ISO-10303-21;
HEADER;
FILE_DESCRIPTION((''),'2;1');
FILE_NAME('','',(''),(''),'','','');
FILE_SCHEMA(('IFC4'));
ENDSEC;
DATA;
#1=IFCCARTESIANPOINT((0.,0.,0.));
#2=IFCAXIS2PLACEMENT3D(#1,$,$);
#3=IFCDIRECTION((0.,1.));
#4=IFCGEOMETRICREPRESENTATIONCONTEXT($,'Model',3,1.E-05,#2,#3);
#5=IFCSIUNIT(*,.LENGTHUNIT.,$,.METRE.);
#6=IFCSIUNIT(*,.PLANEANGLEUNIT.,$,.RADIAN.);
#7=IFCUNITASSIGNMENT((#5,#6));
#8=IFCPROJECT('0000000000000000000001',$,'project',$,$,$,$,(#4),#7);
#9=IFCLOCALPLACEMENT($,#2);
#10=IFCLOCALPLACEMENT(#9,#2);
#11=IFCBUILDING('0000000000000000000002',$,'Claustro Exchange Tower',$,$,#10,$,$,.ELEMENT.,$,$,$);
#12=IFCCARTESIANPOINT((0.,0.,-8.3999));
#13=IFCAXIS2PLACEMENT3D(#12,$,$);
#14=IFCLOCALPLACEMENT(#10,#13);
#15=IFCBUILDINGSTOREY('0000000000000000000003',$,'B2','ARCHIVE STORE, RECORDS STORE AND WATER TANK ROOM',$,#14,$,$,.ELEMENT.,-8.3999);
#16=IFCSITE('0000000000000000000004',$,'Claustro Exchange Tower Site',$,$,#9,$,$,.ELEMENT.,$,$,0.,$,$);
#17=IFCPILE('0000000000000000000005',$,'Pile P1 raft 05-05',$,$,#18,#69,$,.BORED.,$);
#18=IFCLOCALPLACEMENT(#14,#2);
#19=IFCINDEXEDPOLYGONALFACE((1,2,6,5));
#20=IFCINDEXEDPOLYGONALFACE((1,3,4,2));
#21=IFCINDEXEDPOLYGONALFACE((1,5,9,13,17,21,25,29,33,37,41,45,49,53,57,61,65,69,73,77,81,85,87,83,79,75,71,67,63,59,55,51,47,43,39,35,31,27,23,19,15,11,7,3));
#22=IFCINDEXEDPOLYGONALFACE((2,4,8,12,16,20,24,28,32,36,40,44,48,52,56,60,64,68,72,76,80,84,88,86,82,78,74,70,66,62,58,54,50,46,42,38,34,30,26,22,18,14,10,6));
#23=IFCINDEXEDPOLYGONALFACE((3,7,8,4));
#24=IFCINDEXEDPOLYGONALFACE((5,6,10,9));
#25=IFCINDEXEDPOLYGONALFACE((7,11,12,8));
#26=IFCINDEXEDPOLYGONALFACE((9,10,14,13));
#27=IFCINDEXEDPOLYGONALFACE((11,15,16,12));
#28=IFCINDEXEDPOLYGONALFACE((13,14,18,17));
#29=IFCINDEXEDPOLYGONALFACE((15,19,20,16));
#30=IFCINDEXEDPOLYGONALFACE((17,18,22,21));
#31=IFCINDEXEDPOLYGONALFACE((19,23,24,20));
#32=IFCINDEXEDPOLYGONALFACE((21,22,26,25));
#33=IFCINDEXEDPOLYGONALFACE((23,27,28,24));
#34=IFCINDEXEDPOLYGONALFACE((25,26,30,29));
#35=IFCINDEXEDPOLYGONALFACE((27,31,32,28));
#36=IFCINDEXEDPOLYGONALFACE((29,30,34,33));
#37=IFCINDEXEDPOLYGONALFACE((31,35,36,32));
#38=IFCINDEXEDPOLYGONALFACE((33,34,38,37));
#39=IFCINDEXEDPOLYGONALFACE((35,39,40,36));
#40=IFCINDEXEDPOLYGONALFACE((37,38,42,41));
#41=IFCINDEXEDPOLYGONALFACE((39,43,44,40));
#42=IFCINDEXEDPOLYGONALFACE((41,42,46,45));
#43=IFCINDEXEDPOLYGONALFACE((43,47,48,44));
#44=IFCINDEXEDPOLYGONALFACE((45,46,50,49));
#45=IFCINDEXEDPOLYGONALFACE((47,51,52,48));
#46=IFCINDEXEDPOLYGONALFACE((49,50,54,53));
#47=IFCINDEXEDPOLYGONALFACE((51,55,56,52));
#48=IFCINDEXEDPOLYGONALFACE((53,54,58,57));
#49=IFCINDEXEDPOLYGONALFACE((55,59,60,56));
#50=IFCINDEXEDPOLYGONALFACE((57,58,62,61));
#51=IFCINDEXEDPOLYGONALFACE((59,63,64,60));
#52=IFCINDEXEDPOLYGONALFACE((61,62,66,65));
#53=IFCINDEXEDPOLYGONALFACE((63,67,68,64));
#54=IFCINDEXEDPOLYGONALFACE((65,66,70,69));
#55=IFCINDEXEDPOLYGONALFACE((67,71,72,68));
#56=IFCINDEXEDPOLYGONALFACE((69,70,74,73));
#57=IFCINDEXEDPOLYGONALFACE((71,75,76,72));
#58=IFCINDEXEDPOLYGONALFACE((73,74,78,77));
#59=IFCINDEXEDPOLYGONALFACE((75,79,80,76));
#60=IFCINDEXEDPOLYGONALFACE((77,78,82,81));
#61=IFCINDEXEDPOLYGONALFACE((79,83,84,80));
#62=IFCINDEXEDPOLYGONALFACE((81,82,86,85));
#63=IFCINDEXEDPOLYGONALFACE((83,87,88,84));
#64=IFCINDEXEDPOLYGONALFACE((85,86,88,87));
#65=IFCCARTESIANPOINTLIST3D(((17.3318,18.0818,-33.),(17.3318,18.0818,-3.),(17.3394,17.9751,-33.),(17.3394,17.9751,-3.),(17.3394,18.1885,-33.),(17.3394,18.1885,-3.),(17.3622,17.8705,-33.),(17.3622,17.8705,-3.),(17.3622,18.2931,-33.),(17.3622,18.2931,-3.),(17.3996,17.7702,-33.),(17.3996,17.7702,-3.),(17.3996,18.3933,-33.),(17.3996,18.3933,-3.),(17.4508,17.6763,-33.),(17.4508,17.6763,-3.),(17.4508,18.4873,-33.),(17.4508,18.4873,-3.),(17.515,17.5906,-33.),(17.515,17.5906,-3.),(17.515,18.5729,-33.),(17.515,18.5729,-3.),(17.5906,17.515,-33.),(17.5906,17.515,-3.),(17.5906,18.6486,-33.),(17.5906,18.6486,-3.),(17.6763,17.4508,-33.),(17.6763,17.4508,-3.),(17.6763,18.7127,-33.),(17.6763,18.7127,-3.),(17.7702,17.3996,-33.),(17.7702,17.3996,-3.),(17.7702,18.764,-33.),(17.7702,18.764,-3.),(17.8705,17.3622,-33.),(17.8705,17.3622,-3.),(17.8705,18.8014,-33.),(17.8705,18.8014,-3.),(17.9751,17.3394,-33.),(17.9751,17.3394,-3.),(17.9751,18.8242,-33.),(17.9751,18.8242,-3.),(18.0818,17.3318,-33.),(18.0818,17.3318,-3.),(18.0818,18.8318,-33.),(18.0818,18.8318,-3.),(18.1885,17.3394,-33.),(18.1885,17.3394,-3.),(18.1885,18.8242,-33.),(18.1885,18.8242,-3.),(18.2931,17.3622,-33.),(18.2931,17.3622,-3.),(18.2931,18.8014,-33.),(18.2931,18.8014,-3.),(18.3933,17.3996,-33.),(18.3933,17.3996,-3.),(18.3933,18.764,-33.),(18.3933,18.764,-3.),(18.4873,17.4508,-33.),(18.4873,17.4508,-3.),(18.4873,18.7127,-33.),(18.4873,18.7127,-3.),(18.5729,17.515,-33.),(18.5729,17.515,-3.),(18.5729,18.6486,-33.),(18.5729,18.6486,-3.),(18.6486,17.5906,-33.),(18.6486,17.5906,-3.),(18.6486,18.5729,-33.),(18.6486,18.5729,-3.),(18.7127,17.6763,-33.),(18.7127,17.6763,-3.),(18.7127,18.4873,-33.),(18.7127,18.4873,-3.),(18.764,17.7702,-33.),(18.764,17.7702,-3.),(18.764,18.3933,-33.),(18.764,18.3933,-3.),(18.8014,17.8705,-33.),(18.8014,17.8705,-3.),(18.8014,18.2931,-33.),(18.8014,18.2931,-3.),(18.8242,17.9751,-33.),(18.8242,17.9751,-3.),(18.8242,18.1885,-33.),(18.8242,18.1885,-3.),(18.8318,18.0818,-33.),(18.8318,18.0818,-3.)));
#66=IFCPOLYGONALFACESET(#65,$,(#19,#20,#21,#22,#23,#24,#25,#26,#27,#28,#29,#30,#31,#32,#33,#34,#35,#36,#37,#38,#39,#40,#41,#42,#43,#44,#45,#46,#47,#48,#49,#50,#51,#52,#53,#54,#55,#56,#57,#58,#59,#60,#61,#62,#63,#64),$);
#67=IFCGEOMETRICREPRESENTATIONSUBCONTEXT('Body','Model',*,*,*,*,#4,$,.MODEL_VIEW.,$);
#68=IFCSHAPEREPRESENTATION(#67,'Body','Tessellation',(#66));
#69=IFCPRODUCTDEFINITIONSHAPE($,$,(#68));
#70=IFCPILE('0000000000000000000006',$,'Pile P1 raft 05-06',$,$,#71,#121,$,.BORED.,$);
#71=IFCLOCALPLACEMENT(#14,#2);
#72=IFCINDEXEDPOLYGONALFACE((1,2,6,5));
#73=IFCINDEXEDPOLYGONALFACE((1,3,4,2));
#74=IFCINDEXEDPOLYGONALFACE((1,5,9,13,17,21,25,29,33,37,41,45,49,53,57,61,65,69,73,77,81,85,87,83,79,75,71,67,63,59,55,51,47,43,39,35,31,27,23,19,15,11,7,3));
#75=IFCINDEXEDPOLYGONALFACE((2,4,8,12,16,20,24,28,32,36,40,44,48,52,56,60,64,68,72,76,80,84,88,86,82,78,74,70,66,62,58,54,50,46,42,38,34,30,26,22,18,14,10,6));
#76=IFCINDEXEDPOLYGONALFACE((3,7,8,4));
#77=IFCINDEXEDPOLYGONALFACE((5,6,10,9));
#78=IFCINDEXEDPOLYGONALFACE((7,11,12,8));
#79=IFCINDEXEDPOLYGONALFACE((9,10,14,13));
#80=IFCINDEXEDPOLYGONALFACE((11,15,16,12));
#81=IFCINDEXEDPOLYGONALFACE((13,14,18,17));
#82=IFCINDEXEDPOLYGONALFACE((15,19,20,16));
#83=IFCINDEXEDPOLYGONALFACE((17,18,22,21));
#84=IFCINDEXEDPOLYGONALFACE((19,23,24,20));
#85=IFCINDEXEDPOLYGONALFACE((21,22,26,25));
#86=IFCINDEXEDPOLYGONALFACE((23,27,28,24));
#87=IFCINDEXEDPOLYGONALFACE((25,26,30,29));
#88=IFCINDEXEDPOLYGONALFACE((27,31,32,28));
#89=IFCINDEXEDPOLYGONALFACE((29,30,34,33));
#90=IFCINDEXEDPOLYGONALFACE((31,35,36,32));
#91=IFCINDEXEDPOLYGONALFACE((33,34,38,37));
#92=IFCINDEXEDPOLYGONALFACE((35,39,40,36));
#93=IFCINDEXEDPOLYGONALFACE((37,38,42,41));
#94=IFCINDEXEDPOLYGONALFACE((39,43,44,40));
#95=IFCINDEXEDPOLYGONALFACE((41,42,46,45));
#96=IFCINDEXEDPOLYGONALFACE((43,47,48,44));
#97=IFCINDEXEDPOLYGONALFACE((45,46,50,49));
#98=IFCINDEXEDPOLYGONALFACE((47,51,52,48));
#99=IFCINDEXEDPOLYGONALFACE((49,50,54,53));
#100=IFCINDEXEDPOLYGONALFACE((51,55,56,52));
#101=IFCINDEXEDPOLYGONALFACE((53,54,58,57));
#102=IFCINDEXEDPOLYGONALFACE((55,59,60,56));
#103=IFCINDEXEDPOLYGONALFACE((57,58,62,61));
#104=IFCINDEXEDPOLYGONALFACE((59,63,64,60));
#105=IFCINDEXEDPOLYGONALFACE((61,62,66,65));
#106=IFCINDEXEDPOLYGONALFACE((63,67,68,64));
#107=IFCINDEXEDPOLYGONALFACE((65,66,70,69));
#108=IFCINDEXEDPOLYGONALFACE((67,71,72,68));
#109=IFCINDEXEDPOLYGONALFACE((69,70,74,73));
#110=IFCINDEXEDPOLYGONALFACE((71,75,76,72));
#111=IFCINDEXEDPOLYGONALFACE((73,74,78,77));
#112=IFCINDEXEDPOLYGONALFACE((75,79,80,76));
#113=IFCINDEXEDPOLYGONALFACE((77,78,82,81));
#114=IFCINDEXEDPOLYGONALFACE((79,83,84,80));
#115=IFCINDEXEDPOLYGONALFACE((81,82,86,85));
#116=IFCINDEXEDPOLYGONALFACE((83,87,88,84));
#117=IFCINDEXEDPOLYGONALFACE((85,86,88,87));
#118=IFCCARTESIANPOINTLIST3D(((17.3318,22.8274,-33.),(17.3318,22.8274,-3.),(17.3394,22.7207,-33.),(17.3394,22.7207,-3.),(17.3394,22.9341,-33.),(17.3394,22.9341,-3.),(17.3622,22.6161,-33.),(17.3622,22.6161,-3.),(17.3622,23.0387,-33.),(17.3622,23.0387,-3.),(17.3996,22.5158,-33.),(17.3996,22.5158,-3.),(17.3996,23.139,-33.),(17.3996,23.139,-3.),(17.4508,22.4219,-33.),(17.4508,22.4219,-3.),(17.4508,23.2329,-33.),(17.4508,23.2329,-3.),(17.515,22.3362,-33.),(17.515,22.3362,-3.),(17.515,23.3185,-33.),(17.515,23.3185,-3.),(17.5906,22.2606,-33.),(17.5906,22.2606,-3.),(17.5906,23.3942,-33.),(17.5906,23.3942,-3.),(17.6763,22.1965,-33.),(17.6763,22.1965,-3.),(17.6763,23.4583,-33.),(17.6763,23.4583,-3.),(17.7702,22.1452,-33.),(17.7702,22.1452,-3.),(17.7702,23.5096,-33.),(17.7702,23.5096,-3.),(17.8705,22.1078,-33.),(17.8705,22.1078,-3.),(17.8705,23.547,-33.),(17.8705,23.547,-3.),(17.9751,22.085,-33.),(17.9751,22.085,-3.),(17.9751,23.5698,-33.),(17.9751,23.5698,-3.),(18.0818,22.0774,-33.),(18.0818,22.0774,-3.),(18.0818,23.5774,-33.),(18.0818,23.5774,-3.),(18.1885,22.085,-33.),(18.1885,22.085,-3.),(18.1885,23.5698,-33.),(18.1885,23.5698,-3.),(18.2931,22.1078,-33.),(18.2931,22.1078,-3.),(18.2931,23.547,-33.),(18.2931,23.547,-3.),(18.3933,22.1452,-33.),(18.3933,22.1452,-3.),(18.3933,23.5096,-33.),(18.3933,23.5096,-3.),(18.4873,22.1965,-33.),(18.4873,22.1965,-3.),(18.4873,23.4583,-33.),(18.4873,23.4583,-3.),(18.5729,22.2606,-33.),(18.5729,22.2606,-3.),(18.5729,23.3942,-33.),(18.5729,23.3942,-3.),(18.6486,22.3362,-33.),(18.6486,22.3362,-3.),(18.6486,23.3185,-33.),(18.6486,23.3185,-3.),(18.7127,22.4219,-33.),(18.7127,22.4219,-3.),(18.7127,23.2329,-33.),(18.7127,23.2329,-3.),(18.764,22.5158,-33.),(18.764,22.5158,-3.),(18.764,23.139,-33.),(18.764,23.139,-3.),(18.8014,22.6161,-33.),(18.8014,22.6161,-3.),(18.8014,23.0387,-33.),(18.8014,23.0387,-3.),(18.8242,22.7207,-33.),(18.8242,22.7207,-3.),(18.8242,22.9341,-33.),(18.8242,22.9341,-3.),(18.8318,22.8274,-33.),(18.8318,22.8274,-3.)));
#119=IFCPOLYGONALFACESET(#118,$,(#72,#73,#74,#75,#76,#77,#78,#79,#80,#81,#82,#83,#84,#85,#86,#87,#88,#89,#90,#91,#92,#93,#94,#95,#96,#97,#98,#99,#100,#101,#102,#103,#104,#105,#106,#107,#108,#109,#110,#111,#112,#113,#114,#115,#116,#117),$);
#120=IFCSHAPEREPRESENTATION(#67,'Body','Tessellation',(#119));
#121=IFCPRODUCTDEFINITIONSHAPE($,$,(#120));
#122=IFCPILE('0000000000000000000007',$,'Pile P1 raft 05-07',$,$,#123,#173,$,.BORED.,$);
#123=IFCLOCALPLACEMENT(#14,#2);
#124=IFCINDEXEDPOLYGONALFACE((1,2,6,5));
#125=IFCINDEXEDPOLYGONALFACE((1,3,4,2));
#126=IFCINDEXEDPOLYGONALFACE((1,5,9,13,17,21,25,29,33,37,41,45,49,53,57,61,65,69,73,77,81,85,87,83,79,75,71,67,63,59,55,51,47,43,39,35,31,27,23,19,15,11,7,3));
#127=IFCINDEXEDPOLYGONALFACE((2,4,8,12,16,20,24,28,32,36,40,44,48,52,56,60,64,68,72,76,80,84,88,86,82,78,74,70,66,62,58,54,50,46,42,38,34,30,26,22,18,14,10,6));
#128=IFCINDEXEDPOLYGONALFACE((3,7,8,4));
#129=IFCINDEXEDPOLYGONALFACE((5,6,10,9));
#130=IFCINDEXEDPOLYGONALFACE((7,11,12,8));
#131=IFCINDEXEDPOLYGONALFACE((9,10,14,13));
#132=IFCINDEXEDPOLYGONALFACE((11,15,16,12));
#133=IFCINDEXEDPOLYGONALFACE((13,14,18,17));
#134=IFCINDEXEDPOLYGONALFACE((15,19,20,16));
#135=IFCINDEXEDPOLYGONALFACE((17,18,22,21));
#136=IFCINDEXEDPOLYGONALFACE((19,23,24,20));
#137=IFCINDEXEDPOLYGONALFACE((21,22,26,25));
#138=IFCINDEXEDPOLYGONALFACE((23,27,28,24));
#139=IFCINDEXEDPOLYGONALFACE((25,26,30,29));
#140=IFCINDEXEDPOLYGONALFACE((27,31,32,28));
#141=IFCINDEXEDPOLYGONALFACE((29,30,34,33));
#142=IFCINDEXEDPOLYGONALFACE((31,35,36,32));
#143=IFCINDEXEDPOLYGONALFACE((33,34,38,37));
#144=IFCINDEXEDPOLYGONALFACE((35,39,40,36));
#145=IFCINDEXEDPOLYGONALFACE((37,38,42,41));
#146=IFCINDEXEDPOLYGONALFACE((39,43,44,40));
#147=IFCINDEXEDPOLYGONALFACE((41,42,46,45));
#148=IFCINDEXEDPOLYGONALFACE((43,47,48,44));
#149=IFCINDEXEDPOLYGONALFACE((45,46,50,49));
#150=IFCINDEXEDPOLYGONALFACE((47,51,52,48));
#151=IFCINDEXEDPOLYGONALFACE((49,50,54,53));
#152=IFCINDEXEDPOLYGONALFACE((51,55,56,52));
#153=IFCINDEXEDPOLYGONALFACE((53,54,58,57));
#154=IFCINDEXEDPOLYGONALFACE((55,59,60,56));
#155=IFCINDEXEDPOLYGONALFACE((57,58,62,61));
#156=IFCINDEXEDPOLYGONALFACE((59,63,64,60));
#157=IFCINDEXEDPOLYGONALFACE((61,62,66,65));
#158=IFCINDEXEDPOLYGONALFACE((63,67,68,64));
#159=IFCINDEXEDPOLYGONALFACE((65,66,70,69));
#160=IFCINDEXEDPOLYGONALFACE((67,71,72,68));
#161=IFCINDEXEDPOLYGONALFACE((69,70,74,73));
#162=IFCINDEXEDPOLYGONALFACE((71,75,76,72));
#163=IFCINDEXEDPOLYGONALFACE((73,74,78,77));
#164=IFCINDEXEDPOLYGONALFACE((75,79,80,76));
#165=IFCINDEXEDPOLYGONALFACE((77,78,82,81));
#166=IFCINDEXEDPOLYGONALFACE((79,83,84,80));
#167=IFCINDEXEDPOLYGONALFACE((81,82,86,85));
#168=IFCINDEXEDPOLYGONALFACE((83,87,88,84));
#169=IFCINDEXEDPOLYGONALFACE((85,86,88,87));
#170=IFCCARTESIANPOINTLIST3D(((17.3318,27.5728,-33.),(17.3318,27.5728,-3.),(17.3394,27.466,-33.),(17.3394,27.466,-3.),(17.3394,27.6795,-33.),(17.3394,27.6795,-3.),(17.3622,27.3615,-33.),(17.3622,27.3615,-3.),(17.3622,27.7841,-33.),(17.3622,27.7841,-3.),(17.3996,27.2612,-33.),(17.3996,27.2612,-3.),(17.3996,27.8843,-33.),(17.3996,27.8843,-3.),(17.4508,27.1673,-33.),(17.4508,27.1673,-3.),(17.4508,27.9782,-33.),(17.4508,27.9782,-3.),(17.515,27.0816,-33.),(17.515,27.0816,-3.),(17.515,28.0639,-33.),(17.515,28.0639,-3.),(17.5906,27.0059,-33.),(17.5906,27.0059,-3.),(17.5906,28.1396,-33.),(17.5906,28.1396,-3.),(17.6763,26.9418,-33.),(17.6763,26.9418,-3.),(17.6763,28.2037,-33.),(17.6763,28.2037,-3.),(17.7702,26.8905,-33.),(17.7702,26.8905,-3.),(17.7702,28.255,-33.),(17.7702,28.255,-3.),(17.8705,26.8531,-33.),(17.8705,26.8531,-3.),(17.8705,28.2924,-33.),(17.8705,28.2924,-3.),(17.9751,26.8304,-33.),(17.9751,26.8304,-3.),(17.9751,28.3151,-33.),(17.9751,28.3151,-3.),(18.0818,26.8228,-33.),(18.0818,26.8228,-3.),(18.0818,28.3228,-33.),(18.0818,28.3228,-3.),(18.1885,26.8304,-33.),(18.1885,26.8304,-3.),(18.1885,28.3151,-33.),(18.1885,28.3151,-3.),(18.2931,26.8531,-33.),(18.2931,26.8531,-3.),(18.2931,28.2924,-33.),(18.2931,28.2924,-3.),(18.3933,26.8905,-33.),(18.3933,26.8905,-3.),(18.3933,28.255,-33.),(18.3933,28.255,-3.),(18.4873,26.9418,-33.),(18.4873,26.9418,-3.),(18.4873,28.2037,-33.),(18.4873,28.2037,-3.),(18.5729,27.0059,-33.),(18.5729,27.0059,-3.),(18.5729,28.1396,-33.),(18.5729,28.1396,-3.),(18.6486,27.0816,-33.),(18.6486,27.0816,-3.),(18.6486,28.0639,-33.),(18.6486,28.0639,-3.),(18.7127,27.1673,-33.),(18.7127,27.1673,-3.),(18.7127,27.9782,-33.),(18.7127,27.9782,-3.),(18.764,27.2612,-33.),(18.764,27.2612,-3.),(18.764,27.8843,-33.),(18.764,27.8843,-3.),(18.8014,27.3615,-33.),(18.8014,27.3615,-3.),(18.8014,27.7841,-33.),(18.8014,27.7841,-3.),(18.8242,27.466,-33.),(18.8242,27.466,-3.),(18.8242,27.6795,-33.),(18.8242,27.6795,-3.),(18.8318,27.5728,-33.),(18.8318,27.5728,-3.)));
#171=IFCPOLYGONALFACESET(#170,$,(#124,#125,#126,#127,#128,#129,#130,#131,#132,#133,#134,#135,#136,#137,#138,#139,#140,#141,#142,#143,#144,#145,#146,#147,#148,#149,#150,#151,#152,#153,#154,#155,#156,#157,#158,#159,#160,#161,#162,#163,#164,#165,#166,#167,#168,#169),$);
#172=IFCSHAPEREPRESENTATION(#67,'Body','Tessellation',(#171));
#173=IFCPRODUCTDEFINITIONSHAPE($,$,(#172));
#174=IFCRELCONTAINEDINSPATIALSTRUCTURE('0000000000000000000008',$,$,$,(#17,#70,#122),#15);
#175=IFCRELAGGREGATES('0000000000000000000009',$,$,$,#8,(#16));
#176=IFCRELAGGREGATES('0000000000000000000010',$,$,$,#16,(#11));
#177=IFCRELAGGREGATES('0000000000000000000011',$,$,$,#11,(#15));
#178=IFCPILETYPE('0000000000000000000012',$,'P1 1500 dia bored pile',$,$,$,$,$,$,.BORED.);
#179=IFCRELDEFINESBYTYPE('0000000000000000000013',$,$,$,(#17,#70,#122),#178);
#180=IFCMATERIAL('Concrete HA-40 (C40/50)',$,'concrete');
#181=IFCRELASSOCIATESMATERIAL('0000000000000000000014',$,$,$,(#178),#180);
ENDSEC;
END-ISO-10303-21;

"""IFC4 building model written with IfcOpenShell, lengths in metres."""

from ifc_helpers import new_model, si_unit, direction, frame, origin, origin_2d, place, context, subcontext, project, spatial, circle, extrude, material, type_object, element, save


model = new_model("IFC4")

# Units and contexts
model_context = context("Model", 3, precision=1e-05, world=origin(), true_north=direction((0.0, 1.0)))
body_context = subcontext(model_context, "Body", "Model", "MODEL_VIEW")
ifc_project = project(units=[si_unit("LENGTHUNIT", "METRE"), si_unit("PLANEANGLEUNIT", "RADIAN")], contexts=[model_context])

# Site, building, storey
site_placement = place(None, origin())
site = spatial("IfcSite", under=ifc_project, at=site_placement, Name="Claustro Exchange Tower Site", CompositionType="ELEMENT", RefElevation=0.0)
building_placement = place(site_placement, origin())
building = spatial("IfcBuilding", under=site, at=building_placement, Name="Claustro Exchange Tower", CompositionType="ELEMENT")
storey_placement = place(building_placement, frame((0.0, 0.0, -8.3999)))
storey = spatial("IfcBuildingStorey", under=building, at=storey_placement, Name="B2", Description="ARCHIVE STORE, RECORDS STORE AND WATER TANK ROOM", CompositionType="ELEMENT", Elevation=-8.3999)

# Piles
ifc_material_1 = material(Name="Concrete HA-40 (C40/50)", Category="concrete")
pile_type_1 = type_object("IfcPileType", Name="P1 1500 dia bored pile", PredefinedType="BORED", material=ifc_material_1)
for number, where, z_axis, x_axis, name in (
    (1, (18.0818, 18.0818, -3.0), (0.0, 0.0, -1.0), (1.0, 0.0, 0.0), "Pile P1 raft 05-05"),
    (2, (18.0818, 22.8274, -3.0), (0.0, 0.0, -1.0), (1.0, 0.0, 0.0), "Pile P1 raft 05-06"),
    (3, (18.0818, 27.5728, -3.0), (0.0, 0.0, -1.0), (1.0, 0.0, 0.0), "Pile P1 raft 05-07"),
):
    element("IfcPile", number, at=place(storey_placement, frame(where, z_axis=z_axis, x_axis=x_axis)), inside=storey, type_object=pile_type_1, Name=name, PredefinedType="BORED", context=body_context, shape_type="SweptSolid", body=[
        extrude(circle(Radius=0.75, at=origin_2d()), origin(), (0.0, 0.0, 1.0), 30.0),
    ])

save(model, "model.ifc")
